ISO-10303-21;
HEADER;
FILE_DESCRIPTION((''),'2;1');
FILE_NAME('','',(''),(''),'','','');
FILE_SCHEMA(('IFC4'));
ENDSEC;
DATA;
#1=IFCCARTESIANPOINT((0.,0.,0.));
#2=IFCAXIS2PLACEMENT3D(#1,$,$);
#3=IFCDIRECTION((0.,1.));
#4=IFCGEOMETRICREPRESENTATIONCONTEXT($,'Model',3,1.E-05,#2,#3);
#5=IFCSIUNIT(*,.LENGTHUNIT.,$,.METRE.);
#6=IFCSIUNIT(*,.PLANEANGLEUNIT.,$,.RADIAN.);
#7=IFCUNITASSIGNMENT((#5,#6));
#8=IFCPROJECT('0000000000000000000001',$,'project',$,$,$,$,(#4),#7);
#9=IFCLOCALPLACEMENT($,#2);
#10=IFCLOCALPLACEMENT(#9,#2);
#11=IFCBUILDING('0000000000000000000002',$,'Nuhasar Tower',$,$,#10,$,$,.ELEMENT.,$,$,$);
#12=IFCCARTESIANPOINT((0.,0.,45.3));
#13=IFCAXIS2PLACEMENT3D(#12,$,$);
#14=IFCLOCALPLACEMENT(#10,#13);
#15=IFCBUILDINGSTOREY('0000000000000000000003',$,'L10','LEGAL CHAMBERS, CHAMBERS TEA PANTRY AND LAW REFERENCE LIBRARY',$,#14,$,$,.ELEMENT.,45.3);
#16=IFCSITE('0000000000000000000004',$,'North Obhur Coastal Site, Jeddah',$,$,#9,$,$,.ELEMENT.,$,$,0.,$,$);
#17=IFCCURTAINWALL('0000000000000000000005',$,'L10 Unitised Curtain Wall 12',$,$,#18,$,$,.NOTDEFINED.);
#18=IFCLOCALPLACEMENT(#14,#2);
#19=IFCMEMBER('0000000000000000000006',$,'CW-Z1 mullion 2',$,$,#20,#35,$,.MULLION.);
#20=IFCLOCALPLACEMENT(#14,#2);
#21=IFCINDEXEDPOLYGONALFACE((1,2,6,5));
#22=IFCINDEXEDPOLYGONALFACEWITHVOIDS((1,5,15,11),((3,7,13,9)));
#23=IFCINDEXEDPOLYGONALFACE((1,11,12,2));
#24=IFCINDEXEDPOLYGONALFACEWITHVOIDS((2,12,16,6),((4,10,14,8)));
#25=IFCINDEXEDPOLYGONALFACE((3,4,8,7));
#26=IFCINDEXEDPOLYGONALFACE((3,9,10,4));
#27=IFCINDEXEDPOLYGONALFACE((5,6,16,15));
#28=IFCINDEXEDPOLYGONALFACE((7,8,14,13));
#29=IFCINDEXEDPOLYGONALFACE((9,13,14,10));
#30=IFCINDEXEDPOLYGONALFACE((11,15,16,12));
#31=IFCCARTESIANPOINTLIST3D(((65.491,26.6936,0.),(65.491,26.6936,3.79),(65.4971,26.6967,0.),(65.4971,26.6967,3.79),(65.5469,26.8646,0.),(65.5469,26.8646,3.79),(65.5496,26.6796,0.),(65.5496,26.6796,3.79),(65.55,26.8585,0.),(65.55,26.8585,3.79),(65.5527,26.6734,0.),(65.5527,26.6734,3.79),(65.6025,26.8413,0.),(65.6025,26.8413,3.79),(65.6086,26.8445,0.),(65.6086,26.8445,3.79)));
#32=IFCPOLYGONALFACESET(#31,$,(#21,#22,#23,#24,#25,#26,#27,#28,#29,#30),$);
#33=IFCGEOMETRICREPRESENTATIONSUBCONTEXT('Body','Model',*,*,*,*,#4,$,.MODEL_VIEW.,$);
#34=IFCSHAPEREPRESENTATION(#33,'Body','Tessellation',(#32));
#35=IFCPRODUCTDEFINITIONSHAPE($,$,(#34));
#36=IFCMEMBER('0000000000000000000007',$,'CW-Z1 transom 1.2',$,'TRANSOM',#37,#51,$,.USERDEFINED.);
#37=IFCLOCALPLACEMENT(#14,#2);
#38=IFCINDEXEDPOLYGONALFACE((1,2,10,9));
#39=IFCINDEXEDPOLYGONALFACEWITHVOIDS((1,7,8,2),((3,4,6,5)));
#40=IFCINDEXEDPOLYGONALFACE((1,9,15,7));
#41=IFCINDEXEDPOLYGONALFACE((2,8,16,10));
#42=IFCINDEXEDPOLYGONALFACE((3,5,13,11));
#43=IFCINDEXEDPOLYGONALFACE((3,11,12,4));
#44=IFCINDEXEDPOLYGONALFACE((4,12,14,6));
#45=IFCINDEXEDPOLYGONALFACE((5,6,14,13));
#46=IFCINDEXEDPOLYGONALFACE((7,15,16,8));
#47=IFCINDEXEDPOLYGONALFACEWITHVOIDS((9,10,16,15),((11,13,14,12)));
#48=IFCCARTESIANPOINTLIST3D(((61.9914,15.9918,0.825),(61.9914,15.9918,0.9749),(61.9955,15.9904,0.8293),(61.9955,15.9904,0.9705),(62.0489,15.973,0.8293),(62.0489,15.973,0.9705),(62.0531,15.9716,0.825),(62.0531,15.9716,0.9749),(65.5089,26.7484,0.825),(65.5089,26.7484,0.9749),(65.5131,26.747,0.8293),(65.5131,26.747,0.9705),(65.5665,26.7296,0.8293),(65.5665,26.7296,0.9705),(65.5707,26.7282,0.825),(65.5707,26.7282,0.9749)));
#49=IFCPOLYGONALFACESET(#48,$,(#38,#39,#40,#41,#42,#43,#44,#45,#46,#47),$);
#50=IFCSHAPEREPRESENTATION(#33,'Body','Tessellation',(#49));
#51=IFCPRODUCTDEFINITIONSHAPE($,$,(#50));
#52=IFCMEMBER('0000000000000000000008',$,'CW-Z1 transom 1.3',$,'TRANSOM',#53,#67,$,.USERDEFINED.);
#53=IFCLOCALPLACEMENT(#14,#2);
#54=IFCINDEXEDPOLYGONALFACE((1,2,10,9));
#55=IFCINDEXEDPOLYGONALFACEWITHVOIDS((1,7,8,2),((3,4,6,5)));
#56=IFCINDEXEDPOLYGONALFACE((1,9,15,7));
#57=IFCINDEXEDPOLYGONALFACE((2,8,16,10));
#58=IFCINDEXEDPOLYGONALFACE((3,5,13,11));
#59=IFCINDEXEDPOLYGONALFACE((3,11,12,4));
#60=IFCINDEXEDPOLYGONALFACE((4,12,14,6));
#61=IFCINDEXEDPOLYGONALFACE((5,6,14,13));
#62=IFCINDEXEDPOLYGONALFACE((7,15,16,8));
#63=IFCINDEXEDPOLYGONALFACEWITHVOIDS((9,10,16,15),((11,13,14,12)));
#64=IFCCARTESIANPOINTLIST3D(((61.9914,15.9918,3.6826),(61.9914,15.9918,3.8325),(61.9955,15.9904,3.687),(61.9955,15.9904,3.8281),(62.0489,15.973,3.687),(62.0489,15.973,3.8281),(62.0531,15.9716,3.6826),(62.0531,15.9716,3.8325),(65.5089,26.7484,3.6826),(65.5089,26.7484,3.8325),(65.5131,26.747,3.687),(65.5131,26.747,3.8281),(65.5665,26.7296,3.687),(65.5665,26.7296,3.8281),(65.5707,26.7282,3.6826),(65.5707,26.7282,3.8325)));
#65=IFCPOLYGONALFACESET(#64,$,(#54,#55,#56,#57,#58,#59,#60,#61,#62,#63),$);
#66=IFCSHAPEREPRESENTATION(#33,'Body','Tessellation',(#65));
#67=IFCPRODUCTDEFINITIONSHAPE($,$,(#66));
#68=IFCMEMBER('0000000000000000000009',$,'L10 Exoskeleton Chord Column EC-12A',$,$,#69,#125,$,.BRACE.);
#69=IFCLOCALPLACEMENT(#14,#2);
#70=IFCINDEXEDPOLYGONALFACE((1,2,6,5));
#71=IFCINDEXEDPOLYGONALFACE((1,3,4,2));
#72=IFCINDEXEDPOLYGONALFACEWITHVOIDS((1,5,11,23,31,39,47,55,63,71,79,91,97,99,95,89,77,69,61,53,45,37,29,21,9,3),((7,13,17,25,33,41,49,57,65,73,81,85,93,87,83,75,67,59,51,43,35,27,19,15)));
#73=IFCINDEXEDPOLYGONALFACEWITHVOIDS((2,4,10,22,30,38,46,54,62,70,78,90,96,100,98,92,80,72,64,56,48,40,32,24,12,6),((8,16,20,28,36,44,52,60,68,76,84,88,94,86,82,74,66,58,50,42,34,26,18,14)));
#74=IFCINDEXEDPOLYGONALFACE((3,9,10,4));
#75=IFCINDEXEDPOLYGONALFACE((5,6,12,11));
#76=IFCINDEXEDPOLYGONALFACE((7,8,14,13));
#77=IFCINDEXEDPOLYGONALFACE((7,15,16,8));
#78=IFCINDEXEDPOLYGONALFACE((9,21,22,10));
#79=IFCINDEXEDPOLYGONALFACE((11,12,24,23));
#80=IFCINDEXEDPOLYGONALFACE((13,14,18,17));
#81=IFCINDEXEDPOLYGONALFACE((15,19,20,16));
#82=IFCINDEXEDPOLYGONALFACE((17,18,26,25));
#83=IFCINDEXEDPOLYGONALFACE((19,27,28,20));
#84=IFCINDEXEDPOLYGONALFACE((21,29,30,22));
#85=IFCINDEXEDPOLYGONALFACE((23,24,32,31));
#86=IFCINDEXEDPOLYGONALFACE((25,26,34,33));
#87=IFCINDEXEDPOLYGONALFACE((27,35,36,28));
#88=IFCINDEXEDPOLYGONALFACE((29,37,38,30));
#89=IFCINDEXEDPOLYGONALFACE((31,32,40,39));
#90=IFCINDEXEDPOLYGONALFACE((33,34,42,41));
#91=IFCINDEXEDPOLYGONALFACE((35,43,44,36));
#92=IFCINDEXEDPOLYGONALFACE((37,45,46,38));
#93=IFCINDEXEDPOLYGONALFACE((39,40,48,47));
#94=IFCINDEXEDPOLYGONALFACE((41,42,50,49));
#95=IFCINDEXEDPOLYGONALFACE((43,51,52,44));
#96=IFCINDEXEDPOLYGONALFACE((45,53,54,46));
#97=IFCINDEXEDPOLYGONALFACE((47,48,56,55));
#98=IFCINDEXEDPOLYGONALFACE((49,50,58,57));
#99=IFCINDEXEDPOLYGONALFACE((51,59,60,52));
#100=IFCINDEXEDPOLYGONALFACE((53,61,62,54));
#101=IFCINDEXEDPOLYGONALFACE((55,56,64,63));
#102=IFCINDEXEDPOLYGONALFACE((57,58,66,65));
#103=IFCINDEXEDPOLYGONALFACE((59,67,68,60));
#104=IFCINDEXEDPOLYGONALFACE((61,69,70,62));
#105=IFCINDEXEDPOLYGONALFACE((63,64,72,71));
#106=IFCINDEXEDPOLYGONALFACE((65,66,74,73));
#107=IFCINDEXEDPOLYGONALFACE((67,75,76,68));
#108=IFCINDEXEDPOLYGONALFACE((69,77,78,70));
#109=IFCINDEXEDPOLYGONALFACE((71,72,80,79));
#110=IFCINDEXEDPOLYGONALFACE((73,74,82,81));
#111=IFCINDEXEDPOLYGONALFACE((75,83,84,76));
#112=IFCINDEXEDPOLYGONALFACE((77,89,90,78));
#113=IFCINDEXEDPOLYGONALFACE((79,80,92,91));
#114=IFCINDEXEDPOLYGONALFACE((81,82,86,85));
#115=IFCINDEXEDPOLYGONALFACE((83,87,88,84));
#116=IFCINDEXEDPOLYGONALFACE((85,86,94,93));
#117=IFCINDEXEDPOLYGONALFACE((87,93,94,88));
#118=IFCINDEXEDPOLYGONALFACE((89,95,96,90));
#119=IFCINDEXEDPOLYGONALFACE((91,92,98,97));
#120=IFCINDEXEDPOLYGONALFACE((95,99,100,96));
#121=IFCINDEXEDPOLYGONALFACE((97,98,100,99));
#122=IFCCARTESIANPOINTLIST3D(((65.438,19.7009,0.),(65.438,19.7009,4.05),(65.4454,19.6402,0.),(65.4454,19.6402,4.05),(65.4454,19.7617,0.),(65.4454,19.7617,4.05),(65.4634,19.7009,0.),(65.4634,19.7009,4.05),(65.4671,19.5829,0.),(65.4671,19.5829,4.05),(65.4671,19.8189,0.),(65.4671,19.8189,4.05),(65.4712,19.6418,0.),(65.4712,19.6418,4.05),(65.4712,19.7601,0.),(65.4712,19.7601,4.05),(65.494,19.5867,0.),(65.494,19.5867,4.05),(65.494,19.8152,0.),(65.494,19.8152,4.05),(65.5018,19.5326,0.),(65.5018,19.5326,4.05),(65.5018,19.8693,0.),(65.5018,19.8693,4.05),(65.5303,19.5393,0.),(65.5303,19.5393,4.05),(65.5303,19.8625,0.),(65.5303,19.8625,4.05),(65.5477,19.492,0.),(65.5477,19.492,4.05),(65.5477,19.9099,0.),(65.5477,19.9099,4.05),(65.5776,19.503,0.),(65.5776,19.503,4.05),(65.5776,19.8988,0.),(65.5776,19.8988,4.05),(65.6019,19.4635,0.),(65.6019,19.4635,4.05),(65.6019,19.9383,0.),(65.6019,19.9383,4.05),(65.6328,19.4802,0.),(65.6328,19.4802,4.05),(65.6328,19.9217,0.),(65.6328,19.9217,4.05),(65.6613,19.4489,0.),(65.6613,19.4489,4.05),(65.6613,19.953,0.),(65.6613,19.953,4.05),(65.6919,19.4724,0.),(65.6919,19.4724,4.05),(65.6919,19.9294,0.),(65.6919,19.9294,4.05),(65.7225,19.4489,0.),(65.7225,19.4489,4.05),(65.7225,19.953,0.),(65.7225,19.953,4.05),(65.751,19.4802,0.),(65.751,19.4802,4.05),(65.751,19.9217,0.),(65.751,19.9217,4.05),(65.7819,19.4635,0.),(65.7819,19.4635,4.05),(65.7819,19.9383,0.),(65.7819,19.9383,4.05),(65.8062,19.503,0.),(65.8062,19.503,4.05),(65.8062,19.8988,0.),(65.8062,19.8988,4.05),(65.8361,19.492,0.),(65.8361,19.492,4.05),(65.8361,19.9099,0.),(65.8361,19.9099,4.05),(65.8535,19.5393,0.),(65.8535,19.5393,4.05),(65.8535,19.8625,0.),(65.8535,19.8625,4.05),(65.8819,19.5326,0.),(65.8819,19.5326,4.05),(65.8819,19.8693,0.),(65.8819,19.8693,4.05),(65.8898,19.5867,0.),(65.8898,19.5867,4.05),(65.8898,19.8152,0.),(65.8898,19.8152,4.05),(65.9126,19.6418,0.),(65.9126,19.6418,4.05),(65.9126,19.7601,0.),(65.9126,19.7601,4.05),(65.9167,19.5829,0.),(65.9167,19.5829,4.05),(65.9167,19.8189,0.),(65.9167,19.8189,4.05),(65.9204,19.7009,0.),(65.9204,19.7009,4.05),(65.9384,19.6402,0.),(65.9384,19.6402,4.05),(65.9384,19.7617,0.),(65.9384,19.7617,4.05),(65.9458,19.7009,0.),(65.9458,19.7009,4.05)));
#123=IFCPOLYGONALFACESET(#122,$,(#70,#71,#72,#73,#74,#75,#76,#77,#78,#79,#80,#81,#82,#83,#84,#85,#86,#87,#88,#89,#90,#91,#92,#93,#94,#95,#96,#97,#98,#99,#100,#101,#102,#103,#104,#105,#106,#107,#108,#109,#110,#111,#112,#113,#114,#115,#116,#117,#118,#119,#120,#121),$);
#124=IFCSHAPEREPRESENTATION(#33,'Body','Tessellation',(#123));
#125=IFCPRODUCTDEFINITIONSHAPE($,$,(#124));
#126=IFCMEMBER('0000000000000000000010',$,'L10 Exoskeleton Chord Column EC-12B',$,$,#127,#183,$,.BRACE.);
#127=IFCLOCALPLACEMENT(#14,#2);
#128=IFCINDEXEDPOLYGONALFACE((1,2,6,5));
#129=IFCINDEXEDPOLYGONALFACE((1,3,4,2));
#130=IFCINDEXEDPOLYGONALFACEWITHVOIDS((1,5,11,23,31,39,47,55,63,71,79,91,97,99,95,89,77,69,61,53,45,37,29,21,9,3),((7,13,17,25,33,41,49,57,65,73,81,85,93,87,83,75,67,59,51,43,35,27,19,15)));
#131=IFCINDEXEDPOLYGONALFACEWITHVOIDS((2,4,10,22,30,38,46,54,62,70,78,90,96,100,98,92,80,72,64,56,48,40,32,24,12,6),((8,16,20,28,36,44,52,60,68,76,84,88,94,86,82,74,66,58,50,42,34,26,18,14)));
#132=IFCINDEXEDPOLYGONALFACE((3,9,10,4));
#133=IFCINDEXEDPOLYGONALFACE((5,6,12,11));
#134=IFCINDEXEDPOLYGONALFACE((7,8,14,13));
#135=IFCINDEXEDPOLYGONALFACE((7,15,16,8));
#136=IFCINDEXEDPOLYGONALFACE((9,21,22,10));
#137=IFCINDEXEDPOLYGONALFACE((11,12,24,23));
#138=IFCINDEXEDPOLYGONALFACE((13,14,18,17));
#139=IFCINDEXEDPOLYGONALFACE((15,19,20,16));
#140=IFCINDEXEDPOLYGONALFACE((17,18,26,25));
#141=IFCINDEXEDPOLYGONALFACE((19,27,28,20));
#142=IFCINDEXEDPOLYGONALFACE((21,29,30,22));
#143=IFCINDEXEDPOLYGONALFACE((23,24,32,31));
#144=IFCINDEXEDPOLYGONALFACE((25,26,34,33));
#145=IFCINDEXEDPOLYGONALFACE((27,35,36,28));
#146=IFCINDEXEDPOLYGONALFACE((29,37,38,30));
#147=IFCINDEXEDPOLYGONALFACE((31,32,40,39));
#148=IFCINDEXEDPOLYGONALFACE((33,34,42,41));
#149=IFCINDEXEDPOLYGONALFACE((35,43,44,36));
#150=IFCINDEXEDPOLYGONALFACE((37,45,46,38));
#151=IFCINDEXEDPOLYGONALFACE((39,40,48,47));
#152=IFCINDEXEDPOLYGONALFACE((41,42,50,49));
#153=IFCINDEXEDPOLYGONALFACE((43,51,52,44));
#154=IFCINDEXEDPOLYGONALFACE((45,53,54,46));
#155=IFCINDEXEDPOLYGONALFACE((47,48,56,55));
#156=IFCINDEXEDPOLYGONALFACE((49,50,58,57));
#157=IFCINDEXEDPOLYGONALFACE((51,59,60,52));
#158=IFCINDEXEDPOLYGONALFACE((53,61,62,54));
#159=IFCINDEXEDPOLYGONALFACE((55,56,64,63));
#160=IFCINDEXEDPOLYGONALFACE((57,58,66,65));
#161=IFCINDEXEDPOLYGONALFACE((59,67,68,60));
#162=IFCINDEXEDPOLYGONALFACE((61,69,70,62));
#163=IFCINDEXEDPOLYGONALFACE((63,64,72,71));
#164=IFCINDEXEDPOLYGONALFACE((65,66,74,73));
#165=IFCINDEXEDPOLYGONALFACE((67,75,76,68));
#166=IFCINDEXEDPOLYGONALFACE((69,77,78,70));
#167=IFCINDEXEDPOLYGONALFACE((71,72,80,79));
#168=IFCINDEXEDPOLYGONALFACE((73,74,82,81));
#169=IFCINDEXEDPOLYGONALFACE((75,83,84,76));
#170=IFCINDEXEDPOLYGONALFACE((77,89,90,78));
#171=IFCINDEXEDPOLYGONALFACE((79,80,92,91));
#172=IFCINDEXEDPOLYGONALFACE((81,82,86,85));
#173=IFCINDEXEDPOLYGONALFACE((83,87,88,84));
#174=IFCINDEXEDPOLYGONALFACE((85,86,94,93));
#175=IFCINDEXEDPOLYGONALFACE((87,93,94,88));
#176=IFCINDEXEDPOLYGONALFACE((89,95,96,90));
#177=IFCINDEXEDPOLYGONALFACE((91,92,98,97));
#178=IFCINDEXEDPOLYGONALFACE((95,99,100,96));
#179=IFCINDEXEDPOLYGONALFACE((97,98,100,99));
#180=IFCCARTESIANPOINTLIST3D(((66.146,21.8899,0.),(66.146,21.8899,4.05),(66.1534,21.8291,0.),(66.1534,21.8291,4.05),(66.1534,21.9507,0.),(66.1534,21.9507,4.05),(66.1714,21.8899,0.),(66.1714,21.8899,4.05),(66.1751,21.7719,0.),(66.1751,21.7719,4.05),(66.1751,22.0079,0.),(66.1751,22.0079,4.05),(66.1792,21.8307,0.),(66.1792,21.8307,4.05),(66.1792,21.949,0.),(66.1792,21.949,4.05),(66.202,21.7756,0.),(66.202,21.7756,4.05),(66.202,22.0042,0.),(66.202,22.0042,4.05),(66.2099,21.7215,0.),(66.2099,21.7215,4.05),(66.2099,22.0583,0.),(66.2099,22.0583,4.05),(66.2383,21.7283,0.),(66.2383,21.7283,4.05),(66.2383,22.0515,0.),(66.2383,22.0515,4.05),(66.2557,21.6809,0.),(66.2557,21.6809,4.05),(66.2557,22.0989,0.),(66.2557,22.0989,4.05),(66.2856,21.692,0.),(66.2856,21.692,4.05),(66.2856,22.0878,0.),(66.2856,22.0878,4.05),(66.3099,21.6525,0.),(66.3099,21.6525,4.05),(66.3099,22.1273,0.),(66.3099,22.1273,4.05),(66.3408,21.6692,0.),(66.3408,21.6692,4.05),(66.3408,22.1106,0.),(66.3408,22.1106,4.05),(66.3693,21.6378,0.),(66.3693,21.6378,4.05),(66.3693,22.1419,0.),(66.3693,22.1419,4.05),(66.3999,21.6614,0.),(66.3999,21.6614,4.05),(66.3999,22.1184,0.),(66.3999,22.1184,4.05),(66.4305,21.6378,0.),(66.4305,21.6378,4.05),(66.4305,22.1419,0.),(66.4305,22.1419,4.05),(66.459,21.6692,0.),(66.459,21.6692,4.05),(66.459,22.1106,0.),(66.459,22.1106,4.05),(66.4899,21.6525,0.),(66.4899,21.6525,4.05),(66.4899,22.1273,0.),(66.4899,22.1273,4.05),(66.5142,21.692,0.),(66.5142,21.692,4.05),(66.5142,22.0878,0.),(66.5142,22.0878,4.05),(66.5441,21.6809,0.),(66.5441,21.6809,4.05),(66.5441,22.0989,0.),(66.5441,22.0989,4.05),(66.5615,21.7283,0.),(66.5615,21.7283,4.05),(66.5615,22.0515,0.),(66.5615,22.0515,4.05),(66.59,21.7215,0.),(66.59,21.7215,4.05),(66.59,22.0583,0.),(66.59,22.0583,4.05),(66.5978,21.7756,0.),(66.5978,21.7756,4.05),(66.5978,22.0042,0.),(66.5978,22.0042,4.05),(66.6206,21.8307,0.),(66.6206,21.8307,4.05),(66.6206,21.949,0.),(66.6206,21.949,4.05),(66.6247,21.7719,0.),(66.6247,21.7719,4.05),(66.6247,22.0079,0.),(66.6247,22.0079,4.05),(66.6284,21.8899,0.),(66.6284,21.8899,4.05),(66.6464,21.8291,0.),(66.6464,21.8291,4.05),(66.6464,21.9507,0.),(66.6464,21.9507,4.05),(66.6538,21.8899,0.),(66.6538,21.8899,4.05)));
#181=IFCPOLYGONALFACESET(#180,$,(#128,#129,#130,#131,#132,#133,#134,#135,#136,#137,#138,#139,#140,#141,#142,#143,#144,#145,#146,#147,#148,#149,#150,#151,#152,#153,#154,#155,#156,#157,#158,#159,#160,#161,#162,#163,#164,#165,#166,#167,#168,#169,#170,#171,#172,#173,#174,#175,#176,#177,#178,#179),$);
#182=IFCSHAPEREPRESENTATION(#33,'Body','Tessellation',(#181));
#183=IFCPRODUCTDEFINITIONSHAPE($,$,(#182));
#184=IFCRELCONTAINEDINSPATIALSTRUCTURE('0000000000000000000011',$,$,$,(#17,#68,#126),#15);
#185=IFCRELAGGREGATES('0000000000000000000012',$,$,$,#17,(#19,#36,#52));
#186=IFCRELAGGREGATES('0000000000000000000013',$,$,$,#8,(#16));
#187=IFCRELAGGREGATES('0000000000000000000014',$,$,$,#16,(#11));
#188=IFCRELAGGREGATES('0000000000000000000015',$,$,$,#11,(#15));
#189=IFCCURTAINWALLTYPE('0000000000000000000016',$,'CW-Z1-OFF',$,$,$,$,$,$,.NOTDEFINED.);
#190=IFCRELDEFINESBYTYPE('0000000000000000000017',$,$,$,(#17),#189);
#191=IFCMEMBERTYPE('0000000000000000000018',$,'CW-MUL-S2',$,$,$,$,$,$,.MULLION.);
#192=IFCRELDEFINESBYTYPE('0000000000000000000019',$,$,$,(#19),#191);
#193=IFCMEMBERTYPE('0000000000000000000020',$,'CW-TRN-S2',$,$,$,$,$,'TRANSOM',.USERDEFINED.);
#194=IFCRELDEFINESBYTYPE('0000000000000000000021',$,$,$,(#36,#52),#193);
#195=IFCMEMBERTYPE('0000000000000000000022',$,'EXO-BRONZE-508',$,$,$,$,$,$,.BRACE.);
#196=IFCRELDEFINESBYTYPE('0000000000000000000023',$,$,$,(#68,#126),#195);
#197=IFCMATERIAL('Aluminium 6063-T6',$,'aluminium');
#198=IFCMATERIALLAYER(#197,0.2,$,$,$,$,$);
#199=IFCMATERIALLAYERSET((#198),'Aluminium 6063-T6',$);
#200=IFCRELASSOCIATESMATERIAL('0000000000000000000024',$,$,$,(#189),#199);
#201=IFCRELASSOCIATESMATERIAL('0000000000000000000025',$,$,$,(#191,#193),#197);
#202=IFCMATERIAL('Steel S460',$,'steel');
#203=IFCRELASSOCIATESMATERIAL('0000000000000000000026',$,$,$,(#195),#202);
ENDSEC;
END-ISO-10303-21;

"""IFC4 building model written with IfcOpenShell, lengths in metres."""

from ifc_helpers import new_model, si_unit, direction, frame, origin, origin_2d, place, context, subcontext, project, spatial, hollow_rectangle, hollow_circle, extrude, material, layer, layer_set, material_profile, profile_set, type_object, element, aggregate, save


model = new_model("IFC4")

# Units and contexts
model_context = context("Model", 3, precision=1e-05, world=origin(), true_north=direction((0.0, 1.0)))
body_context = subcontext(model_context, "Body", "Model", "MODEL_VIEW")
ifc_project = project(units=[si_unit("LENGTHUNIT", "METRE"), si_unit("PLANEANGLEUNIT", "RADIAN")], contexts=[model_context])

# Site, building, storey
site_placement = place(None, origin())
site = spatial("IfcSite", under=ifc_project, at=site_placement, Name="North Obhur Coastal Site, Jeddah", CompositionType="ELEMENT", RefElevation=0.0)
building_placement = place(site_placement, origin())
building = spatial("IfcBuilding", under=site, at=building_placement, Name="Nuhasar Tower", CompositionType="ELEMENT")
storey_placement = place(building_placement, frame((0.0, 0.0, 45.3)))
storey = spatial("IfcBuildingStorey", under=building, at=storey_placement, Name="L10", Description="LEGAL CHAMBERS, CHAMBERS TEA PANTRY AND LAW REFERENCE LIBRARY", CompositionType="ELEMENT", Elevation=45.3)

# Curtain wall, members
ifc_material_1 = material(Name="Aluminium 6063-T6", Category="aluminium")
ifc_layer_1 = layer(ifc_material_1, 0.2)
ifc_layer_set_1 = layer_set([ifc_layer_1], Name="Aluminium 6063-T6")
curtain_wall_type = type_object("IfcCurtainWallType", Name="CW-Z1-OFF", PredefinedType="NOTDEFINED", material=ifc_layer_set_1)
curtain_wall_placement = place(storey_placement, origin())
curtain_wall = element("IfcCurtainWall", 1, at=curtain_wall_placement, inside=storey, type_object=curtain_wall_type, Name="L10 Unitised Curtain Wall 12", PredefinedType="NOTDEFINED")
ifc_material_profile_1 = material_profile(ifc_material_1, hollow_rectangle(XDim=0.0649, YDim=0.1799, WallThickness=0.0049, at=origin_2d()), Name="CWM-2")
ifc_profile_set_1 = profile_set([ifc_material_profile_1], Name="Aluminium 6063-T6")
member_type_1 = type_object("IfcMemberType", Name="CW-MUL-S2", PredefinedType="MULLION", material=ifc_profile_set_1)
member_1_placement = place(storey_placement, frame((65.5498, 26.769, 0.0), z_axis=(0.0, 0.0, 1.0), x_axis=(-0.950468, 0.310824, 0.0)))
member_1 = element("IfcMember", 2, at=member_1_placement, type_object=member_type_1, Name="CW-Z1 mullion 2", PredefinedType="MULLION", context=body_context, shape_type="SweptSolid", body=[
    extrude(hollow_rectangle(XDim=0.0649, YDim=0.1799, WallThickness=0.0049, at=origin_2d()), origin(), (0.0, 0.0, 1.0), 3.79),
])
ifc_material_profile_2 = material_profile(ifc_material_1, hollow_rectangle(XDim=0.0649, YDim=0.1499, WallThickness=0.0044, at=origin_2d()), Name="CWT-2")
ifc_profile_set_2 = profile_set([ifc_material_profile_2], Name="Aluminium 6063-T6")
member_type_2 = type_object("IfcMemberType", Name="CW-TRN-S2", ElementType="TRANSOM", PredefinedType="USERDEFINED", material=ifc_profile_set_2)
member_2_placement = place(storey_placement, frame((62.0222, 15.9817, 0.8999), z_axis=(0.310819, 0.950469, 0.0), x_axis=(-0.950469, 0.310819, 0.0)))
member_2 = element("IfcMember", 3, at=member_2_placement, type_object=member_type_2, Name="CW-Z1 transom 1.2", ObjectType="TRANSOM", PredefinedType="USERDEFINED", context=body_context, shape_type="SweptSolid", body=[
    extrude(hollow_rectangle(XDim=0.0649, YDim=0.1499, WallThickness=0.0044, at=origin_2d()), origin(), (0.0, 0.0, 1.0), 11.3171),
])
member_3_placement = place(storey_placement, frame((62.0222, 15.9817, 3.7576), z_axis=(0.310819, 0.950469, 0.0), x_axis=(-0.950469, 0.310819, 0.0)))
member_3 = element("IfcMember", 4, at=member_3_placement, type_object=member_type_2, Name="CW-Z1 transom 1.3", ObjectType="TRANSOM", PredefinedType="USERDEFINED", context=body_context, shape_type="SweptSolid", body=[
    extrude(hollow_rectangle(XDim=0.0649, YDim=0.1499, WallThickness=0.0044, at=origin_2d()), origin(), (0.0, 0.0, 1.0), 11.3171),
])

# Members
ifc_material_2 = material(Name="Steel S460", Category="steel")
ifc_material_profile_3 = material_profile(ifc_material_2, hollow_circle(Radius=0.2539, WallThickness=0.0254, at=origin_2d()), Name="HSS508X25.4")
ifc_profile_set_3 = profile_set([ifc_material_profile_3], Name="Steel S460")
member_type_3 = type_object("IfcMemberType", Name="EXO-BRONZE-508", PredefinedType="BRACE", material=ifc_profile_set_3)
for number, where, z_axis, x_axis, name in (
    (5, (65.6919, 19.7009, 0.0), (0.0, 0.0, 1.0), (1.0, 0.0, 0.0), "L10 Exoskeleton Chord Column EC-12A"),
    (6, (66.3999, 21.8899, 0.0), (0.0, 0.0, 1.0), (1.0, 0.0, 0.0), "L10 Exoskeleton Chord Column EC-12B"),
):
    element("IfcMember", number, at=place(storey_placement, frame(where, z_axis=z_axis, x_axis=x_axis)), inside=storey, type_object=member_type_3, Name=name, PredefinedType="BRACE", context=body_context, shape_type="SweptSolid", body=[
        extrude(hollow_circle(Radius=0.2539, WallThickness=0.0254, at=origin_2d()), origin(), (0.0, 0.0, 1.0), 4.05),
    ])

aggregate(curtain_wall, [member_1, member_2, member_3])

save(model, "model.ifc")
